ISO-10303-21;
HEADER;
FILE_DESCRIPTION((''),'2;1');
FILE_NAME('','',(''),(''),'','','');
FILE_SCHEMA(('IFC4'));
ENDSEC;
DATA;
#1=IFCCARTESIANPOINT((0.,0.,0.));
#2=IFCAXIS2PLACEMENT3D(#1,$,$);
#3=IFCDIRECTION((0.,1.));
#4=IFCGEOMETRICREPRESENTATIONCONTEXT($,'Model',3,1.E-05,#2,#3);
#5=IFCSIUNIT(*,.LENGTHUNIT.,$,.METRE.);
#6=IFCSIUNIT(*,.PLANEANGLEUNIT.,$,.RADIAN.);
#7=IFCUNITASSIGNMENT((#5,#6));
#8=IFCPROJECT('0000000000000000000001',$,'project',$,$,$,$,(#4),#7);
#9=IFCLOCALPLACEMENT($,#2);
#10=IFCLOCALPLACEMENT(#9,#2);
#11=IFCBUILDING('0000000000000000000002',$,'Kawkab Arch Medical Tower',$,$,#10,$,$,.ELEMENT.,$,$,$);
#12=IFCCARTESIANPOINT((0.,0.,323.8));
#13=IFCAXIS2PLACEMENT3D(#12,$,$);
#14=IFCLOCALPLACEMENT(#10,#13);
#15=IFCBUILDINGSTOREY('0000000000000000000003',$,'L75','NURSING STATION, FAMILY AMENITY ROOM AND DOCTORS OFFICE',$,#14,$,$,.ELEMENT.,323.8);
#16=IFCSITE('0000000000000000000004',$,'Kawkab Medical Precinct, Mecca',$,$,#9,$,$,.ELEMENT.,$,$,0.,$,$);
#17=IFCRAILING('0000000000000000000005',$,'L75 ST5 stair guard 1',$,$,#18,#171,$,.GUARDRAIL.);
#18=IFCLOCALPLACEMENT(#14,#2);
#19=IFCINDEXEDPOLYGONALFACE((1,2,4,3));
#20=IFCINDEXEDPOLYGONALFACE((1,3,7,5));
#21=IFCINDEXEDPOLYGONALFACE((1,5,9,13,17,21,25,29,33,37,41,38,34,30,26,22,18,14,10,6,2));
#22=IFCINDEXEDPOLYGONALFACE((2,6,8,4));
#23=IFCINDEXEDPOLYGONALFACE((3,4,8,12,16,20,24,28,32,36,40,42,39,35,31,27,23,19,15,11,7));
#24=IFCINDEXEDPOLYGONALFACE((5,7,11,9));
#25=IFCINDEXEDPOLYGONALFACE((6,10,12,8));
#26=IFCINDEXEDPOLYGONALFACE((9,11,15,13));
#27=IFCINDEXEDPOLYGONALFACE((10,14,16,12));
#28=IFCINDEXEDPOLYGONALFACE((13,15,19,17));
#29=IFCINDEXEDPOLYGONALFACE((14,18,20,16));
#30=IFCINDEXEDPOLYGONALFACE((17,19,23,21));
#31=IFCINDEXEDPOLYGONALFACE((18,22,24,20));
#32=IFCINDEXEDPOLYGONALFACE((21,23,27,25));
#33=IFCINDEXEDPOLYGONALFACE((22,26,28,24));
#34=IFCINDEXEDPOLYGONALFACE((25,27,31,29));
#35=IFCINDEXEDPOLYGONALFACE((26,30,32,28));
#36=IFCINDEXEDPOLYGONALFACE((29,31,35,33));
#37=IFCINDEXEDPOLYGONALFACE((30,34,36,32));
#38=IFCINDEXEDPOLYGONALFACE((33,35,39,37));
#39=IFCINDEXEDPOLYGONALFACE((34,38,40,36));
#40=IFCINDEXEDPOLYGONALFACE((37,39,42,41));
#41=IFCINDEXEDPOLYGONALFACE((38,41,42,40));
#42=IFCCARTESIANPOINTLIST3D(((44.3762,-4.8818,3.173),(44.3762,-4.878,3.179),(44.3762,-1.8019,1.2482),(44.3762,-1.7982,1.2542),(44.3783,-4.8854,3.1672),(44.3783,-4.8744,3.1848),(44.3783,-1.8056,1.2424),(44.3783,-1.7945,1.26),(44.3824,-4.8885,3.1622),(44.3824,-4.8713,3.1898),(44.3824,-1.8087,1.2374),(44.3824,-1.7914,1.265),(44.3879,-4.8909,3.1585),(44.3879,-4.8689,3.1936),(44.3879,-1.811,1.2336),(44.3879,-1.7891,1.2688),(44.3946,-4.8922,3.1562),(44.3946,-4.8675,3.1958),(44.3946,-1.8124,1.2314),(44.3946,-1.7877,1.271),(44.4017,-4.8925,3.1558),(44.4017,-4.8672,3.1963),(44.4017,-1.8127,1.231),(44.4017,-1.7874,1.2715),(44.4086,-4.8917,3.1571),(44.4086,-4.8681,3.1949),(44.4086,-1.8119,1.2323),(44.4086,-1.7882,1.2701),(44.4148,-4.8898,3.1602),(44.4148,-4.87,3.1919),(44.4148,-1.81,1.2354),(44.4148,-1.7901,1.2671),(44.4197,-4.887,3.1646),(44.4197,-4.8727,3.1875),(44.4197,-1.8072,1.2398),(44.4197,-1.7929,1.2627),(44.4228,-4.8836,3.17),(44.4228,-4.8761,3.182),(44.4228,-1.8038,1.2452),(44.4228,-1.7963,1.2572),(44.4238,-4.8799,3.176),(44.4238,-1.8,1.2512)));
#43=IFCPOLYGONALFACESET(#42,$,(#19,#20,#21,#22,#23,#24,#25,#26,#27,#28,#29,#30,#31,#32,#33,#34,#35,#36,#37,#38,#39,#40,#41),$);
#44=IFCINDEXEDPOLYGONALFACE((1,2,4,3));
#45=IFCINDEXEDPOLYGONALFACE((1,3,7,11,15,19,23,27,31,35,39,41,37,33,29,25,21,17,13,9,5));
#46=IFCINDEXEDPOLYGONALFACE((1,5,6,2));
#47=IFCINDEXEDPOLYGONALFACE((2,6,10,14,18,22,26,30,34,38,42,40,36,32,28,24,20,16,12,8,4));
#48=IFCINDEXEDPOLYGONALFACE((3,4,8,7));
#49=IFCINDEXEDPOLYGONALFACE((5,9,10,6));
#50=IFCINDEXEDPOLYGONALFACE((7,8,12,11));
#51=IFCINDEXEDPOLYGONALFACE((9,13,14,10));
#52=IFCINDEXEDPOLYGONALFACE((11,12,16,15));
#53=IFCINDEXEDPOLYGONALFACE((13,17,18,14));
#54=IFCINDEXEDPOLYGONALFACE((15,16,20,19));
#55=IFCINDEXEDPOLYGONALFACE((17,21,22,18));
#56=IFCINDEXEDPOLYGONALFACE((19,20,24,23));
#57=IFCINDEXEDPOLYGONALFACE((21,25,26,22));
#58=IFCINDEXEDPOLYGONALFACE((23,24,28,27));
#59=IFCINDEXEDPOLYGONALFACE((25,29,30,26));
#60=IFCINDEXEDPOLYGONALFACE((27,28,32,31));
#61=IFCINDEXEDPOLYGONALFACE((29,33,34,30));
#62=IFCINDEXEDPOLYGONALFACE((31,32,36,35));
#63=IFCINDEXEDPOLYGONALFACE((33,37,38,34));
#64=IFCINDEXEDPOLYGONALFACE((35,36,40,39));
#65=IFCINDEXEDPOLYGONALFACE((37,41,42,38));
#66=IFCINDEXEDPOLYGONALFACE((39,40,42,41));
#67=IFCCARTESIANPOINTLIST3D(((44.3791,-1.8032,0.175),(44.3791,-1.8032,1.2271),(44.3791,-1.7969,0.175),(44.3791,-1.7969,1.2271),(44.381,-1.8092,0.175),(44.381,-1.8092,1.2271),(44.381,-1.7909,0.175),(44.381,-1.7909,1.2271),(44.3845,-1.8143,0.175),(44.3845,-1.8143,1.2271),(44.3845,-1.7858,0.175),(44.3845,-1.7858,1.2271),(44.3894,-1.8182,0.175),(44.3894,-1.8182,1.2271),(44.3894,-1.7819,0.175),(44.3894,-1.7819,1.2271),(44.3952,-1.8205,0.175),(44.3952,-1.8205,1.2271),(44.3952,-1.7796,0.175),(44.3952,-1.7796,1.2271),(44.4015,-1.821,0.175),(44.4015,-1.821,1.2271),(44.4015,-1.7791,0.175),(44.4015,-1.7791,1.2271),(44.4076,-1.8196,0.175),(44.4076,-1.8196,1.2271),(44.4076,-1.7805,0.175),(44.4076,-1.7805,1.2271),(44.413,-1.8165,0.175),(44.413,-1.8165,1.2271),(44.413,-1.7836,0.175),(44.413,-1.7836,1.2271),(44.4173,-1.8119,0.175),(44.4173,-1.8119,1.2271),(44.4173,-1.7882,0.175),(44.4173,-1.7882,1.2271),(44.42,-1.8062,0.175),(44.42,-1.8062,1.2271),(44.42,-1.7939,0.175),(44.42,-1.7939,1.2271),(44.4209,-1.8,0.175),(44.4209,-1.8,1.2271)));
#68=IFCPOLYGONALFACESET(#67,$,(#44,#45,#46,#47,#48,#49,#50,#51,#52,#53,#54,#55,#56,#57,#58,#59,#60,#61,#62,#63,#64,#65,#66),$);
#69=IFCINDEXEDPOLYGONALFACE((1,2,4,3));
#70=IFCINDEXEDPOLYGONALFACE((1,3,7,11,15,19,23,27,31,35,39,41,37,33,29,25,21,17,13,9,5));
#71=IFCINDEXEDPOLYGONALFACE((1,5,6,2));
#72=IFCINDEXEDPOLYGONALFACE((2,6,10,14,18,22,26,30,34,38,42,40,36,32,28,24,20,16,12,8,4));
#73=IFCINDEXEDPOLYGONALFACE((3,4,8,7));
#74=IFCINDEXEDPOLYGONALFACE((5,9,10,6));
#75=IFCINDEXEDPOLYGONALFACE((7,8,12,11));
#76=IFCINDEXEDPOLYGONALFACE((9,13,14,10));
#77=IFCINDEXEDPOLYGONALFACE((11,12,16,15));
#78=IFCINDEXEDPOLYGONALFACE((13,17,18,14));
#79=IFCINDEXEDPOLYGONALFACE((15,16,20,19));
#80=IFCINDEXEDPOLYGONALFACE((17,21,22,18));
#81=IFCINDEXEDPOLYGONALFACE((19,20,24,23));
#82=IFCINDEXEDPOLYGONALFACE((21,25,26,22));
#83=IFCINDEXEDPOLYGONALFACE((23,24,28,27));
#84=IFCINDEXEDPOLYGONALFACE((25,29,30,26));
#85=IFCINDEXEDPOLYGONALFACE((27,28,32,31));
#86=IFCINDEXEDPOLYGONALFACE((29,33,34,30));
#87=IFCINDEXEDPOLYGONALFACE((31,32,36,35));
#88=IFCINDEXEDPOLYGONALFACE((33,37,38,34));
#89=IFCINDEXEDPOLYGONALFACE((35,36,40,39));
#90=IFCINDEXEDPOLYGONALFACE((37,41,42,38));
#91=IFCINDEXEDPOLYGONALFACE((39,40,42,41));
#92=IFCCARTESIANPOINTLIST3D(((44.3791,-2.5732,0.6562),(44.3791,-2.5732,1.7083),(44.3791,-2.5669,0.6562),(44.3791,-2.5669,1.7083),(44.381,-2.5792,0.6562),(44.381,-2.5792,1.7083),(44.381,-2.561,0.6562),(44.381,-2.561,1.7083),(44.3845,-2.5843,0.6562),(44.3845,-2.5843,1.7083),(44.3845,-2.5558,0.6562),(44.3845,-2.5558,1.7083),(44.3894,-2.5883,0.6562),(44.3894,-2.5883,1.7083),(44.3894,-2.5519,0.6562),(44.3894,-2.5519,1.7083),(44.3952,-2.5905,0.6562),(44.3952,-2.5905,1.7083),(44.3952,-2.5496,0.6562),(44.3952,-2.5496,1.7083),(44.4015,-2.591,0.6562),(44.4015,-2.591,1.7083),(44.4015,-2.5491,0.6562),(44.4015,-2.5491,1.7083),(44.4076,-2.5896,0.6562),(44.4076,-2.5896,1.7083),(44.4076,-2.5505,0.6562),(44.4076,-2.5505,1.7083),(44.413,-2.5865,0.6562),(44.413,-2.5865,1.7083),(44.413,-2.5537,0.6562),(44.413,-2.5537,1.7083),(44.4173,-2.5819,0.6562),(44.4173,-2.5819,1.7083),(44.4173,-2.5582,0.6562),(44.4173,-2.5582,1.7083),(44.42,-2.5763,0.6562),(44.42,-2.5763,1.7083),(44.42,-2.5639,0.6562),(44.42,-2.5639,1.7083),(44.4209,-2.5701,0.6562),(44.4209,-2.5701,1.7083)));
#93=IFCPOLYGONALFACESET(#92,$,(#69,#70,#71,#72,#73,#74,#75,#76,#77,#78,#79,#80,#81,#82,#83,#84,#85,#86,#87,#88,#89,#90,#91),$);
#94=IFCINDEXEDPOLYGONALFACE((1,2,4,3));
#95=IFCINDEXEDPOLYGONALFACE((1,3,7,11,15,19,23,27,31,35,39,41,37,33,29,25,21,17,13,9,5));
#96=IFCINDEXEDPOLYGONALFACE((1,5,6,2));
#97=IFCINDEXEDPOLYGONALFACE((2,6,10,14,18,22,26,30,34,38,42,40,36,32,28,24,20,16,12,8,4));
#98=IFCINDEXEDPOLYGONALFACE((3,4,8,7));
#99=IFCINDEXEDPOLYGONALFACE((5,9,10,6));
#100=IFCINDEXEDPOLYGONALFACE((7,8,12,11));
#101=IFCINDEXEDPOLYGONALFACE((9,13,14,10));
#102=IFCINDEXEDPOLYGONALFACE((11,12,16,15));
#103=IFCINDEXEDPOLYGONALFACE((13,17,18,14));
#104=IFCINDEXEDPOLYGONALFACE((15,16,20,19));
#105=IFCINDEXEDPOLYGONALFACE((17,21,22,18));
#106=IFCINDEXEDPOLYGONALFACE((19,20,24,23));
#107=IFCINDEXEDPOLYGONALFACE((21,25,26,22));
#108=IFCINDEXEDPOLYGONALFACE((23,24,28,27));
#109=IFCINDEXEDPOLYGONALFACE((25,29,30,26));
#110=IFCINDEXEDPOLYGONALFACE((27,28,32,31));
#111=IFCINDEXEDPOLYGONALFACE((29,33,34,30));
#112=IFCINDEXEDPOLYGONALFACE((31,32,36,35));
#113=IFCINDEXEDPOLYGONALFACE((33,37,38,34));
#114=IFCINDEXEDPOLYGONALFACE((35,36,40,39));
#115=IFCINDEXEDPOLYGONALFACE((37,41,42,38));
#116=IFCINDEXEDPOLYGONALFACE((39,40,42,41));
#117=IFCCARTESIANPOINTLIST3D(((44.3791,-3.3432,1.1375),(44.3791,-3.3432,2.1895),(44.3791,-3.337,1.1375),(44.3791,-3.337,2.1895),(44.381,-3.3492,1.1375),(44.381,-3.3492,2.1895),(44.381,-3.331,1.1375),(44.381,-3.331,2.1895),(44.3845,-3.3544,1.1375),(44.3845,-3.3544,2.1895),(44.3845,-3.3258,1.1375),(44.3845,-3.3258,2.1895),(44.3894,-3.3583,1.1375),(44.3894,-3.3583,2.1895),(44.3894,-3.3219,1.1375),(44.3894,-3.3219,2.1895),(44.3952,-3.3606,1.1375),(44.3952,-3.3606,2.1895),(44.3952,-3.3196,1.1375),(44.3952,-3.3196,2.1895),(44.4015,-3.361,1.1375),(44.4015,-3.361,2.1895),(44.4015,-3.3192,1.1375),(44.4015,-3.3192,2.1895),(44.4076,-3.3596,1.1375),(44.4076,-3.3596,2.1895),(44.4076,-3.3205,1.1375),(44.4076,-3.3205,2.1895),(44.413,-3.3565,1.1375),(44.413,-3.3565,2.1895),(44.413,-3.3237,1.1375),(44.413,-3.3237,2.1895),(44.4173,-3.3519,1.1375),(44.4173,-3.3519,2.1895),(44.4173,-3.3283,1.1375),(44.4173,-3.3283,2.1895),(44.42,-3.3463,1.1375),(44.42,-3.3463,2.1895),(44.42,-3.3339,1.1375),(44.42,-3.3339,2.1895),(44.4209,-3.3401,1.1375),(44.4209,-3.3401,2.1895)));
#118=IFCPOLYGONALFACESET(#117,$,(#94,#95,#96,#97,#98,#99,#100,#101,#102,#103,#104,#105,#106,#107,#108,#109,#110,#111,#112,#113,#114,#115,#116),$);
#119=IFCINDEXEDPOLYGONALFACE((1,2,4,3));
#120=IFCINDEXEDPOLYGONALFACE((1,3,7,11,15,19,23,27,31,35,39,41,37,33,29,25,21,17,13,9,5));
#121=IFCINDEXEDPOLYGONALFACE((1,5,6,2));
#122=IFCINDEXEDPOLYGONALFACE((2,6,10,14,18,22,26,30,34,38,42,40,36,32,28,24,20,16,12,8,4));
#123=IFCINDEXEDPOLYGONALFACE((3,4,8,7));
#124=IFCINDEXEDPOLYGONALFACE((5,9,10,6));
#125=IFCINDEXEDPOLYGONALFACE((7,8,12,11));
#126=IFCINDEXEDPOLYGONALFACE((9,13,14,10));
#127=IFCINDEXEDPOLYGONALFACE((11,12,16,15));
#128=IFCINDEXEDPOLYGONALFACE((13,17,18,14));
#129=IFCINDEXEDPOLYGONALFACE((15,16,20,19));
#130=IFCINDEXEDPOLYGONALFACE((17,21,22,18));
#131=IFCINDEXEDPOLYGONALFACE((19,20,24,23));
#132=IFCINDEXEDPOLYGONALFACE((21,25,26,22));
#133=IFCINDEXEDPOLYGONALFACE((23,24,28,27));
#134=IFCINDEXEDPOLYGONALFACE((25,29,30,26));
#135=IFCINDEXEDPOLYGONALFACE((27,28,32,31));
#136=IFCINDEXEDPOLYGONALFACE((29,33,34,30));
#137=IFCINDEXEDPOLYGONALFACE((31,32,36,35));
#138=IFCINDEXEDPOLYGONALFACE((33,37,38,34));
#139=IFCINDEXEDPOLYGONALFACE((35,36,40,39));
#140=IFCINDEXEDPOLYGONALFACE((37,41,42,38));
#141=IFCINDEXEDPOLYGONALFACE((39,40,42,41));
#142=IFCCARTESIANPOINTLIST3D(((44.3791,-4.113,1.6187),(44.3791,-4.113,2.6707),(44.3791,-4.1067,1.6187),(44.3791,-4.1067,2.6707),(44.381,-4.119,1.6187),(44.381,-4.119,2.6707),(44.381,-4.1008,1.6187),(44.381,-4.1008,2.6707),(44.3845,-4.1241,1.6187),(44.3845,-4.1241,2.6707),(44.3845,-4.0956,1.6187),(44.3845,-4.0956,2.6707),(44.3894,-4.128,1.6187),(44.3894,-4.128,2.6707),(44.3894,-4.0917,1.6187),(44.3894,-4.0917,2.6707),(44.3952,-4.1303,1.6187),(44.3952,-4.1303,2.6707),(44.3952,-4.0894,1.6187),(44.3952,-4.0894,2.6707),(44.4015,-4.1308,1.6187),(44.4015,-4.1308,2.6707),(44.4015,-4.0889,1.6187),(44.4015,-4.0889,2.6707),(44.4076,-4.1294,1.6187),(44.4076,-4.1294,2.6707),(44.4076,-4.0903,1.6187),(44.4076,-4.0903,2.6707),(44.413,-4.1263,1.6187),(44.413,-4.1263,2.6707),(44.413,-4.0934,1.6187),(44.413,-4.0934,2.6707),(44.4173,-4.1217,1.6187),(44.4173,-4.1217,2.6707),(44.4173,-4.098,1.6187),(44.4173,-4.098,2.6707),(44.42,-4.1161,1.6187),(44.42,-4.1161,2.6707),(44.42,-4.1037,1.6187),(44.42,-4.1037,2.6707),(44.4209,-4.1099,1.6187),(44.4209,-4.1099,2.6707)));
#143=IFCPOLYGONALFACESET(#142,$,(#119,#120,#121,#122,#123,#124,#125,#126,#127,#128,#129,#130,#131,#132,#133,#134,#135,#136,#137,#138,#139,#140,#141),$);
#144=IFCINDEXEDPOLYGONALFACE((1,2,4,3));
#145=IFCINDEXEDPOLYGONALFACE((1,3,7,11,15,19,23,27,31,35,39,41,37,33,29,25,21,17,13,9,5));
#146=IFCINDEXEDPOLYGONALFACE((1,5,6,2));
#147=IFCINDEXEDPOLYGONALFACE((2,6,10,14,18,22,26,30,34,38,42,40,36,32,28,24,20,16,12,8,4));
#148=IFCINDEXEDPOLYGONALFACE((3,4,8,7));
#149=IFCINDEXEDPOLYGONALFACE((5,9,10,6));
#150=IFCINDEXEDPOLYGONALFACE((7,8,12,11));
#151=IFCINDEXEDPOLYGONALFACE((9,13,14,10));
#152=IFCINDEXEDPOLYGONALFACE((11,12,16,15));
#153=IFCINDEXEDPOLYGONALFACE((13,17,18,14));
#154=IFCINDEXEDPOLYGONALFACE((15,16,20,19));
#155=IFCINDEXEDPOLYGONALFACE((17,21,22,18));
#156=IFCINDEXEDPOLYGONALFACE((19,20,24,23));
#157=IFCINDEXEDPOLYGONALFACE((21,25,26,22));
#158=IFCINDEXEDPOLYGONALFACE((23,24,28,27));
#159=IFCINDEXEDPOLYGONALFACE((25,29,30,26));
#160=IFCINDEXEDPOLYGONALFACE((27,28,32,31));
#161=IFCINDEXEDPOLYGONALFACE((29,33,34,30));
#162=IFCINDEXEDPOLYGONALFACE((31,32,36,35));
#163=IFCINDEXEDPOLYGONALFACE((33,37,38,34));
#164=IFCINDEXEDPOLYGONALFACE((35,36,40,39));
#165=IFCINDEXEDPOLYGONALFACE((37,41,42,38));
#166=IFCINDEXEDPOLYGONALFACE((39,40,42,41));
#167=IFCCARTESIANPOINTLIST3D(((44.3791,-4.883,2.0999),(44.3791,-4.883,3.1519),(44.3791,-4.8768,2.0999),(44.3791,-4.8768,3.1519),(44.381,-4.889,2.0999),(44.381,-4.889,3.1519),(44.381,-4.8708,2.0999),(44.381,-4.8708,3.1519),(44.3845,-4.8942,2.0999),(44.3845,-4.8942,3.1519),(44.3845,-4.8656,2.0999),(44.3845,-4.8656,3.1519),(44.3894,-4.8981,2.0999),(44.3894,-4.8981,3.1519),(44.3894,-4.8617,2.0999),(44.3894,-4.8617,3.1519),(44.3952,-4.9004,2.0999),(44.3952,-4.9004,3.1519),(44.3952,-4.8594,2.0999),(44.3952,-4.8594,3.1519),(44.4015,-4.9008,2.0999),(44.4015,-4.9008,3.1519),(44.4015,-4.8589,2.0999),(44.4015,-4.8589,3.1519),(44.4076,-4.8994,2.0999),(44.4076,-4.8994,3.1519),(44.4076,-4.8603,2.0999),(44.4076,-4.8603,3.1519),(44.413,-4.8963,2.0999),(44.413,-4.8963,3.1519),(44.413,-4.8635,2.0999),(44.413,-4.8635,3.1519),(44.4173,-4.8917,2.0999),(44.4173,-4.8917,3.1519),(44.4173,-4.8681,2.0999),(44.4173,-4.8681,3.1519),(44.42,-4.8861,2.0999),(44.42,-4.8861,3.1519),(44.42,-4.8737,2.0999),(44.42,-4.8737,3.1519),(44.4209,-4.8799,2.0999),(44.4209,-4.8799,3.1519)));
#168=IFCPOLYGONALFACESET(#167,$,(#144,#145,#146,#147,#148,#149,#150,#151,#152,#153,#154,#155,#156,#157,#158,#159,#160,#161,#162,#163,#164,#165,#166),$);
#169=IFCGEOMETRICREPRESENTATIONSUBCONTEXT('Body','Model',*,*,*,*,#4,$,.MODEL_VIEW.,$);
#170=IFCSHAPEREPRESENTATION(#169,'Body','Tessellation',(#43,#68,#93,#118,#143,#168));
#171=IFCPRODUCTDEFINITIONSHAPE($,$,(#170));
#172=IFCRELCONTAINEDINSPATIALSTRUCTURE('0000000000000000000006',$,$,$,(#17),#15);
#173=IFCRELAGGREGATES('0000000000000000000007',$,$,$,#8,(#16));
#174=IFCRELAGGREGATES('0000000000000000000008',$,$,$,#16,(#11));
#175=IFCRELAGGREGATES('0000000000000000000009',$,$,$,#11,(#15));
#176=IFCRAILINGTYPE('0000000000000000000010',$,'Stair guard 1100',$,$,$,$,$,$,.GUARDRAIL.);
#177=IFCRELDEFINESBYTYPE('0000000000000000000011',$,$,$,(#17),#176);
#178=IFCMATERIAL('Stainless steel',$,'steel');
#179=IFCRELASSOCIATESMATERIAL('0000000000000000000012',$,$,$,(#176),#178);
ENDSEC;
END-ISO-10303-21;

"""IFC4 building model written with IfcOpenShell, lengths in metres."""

from ifc_helpers import new_model, si_unit, direction, frame, origin, origin_2d, place, context, subcontext, project, spatial, circle, extrude, material, type_object, element, save


model = new_model("IFC4")

# Units and contexts
model_context = context("Model", 3, precision=1e-05, world=origin(), true_north=direction((0.0, 1.0)))
body_context = subcontext(model_context, "Body", "Model", "MODEL_VIEW")
ifc_project = project(units=[si_unit("LENGTHUNIT", "METRE"), si_unit("PLANEANGLEUNIT", "RADIAN")], contexts=[model_context])

# Site, building, storey
site_placement = place(None, origin())
site = spatial("IfcSite", under=ifc_project, at=site_placement, Name="Kawkab Medical Precinct, Mecca", CompositionType="ELEMENT", RefElevation=0.0)
building_placement = place(site_placement, origin())
building = spatial("IfcBuilding", under=site, at=building_placement, Name="Kawkab Arch Medical Tower", CompositionType="ELEMENT")
storey_placement = place(building_placement, frame((0.0, 0.0, 323.8)))
storey = spatial("IfcBuildingStorey", under=building, at=storey_placement, Name="L75", Description="NURSING STATION, FAMILY AMENITY ROOM AND DOCTORS OFFICE", CompositionType="ELEMENT", Elevation=323.8)

# Railing
ifc_material_1 = material(Name="Stainless steel", Category="steel")
railing_type = type_object("IfcRailingType", Name="Stair guard 1100", PredefinedType="GUARDRAIL", material=ifc_material_1)
railing_1_placement = place(storey_placement, frame((44.3999, -1.8, 0.175)))
element("IfcRailing", 1, at=railing_1_placement, inside=storey, type_object=railing_type, Name="L75 ST5 stair guard 1", PredefinedType="GUARDRAIL", context=body_context, shape_type="SweptSolid", body=[
    extrude(circle(Radius=0.0239, at=origin_2d()), frame((0.0, 0.0, 1.0762), z_axis=(0.0, -0.84801, 0.529981), x_axis=(1.0, 0.0, 0.0)), (0.0, 0.0, 1.0), 3.6318),
    extrude(circle(Radius=0.021, at=origin_2d()), origin(), (0.0, 0.0, 1.0), 1.052),
    extrude(circle(Radius=0.021, at=origin_2d()), frame((0.0, -0.77, 0.4812)), (0.0, 0.0, 1.0), 1.052),
    extrude(circle(Radius=0.021, at=origin_2d()), frame((0.0, -1.54, 0.9624)), (0.0, 0.0, 1.0), 1.052),
    extrude(circle(Radius=0.021, at=origin_2d()), frame((0.0, -2.3098, 1.4436)), (0.0, 0.0, 1.0), 1.052),
    extrude(circle(Radius=0.021, at=origin_2d()), frame((0.0, -3.0798, 1.9248)), (0.0, 0.0, 1.0), 1.052),
])

save(model, "model.ifc")
